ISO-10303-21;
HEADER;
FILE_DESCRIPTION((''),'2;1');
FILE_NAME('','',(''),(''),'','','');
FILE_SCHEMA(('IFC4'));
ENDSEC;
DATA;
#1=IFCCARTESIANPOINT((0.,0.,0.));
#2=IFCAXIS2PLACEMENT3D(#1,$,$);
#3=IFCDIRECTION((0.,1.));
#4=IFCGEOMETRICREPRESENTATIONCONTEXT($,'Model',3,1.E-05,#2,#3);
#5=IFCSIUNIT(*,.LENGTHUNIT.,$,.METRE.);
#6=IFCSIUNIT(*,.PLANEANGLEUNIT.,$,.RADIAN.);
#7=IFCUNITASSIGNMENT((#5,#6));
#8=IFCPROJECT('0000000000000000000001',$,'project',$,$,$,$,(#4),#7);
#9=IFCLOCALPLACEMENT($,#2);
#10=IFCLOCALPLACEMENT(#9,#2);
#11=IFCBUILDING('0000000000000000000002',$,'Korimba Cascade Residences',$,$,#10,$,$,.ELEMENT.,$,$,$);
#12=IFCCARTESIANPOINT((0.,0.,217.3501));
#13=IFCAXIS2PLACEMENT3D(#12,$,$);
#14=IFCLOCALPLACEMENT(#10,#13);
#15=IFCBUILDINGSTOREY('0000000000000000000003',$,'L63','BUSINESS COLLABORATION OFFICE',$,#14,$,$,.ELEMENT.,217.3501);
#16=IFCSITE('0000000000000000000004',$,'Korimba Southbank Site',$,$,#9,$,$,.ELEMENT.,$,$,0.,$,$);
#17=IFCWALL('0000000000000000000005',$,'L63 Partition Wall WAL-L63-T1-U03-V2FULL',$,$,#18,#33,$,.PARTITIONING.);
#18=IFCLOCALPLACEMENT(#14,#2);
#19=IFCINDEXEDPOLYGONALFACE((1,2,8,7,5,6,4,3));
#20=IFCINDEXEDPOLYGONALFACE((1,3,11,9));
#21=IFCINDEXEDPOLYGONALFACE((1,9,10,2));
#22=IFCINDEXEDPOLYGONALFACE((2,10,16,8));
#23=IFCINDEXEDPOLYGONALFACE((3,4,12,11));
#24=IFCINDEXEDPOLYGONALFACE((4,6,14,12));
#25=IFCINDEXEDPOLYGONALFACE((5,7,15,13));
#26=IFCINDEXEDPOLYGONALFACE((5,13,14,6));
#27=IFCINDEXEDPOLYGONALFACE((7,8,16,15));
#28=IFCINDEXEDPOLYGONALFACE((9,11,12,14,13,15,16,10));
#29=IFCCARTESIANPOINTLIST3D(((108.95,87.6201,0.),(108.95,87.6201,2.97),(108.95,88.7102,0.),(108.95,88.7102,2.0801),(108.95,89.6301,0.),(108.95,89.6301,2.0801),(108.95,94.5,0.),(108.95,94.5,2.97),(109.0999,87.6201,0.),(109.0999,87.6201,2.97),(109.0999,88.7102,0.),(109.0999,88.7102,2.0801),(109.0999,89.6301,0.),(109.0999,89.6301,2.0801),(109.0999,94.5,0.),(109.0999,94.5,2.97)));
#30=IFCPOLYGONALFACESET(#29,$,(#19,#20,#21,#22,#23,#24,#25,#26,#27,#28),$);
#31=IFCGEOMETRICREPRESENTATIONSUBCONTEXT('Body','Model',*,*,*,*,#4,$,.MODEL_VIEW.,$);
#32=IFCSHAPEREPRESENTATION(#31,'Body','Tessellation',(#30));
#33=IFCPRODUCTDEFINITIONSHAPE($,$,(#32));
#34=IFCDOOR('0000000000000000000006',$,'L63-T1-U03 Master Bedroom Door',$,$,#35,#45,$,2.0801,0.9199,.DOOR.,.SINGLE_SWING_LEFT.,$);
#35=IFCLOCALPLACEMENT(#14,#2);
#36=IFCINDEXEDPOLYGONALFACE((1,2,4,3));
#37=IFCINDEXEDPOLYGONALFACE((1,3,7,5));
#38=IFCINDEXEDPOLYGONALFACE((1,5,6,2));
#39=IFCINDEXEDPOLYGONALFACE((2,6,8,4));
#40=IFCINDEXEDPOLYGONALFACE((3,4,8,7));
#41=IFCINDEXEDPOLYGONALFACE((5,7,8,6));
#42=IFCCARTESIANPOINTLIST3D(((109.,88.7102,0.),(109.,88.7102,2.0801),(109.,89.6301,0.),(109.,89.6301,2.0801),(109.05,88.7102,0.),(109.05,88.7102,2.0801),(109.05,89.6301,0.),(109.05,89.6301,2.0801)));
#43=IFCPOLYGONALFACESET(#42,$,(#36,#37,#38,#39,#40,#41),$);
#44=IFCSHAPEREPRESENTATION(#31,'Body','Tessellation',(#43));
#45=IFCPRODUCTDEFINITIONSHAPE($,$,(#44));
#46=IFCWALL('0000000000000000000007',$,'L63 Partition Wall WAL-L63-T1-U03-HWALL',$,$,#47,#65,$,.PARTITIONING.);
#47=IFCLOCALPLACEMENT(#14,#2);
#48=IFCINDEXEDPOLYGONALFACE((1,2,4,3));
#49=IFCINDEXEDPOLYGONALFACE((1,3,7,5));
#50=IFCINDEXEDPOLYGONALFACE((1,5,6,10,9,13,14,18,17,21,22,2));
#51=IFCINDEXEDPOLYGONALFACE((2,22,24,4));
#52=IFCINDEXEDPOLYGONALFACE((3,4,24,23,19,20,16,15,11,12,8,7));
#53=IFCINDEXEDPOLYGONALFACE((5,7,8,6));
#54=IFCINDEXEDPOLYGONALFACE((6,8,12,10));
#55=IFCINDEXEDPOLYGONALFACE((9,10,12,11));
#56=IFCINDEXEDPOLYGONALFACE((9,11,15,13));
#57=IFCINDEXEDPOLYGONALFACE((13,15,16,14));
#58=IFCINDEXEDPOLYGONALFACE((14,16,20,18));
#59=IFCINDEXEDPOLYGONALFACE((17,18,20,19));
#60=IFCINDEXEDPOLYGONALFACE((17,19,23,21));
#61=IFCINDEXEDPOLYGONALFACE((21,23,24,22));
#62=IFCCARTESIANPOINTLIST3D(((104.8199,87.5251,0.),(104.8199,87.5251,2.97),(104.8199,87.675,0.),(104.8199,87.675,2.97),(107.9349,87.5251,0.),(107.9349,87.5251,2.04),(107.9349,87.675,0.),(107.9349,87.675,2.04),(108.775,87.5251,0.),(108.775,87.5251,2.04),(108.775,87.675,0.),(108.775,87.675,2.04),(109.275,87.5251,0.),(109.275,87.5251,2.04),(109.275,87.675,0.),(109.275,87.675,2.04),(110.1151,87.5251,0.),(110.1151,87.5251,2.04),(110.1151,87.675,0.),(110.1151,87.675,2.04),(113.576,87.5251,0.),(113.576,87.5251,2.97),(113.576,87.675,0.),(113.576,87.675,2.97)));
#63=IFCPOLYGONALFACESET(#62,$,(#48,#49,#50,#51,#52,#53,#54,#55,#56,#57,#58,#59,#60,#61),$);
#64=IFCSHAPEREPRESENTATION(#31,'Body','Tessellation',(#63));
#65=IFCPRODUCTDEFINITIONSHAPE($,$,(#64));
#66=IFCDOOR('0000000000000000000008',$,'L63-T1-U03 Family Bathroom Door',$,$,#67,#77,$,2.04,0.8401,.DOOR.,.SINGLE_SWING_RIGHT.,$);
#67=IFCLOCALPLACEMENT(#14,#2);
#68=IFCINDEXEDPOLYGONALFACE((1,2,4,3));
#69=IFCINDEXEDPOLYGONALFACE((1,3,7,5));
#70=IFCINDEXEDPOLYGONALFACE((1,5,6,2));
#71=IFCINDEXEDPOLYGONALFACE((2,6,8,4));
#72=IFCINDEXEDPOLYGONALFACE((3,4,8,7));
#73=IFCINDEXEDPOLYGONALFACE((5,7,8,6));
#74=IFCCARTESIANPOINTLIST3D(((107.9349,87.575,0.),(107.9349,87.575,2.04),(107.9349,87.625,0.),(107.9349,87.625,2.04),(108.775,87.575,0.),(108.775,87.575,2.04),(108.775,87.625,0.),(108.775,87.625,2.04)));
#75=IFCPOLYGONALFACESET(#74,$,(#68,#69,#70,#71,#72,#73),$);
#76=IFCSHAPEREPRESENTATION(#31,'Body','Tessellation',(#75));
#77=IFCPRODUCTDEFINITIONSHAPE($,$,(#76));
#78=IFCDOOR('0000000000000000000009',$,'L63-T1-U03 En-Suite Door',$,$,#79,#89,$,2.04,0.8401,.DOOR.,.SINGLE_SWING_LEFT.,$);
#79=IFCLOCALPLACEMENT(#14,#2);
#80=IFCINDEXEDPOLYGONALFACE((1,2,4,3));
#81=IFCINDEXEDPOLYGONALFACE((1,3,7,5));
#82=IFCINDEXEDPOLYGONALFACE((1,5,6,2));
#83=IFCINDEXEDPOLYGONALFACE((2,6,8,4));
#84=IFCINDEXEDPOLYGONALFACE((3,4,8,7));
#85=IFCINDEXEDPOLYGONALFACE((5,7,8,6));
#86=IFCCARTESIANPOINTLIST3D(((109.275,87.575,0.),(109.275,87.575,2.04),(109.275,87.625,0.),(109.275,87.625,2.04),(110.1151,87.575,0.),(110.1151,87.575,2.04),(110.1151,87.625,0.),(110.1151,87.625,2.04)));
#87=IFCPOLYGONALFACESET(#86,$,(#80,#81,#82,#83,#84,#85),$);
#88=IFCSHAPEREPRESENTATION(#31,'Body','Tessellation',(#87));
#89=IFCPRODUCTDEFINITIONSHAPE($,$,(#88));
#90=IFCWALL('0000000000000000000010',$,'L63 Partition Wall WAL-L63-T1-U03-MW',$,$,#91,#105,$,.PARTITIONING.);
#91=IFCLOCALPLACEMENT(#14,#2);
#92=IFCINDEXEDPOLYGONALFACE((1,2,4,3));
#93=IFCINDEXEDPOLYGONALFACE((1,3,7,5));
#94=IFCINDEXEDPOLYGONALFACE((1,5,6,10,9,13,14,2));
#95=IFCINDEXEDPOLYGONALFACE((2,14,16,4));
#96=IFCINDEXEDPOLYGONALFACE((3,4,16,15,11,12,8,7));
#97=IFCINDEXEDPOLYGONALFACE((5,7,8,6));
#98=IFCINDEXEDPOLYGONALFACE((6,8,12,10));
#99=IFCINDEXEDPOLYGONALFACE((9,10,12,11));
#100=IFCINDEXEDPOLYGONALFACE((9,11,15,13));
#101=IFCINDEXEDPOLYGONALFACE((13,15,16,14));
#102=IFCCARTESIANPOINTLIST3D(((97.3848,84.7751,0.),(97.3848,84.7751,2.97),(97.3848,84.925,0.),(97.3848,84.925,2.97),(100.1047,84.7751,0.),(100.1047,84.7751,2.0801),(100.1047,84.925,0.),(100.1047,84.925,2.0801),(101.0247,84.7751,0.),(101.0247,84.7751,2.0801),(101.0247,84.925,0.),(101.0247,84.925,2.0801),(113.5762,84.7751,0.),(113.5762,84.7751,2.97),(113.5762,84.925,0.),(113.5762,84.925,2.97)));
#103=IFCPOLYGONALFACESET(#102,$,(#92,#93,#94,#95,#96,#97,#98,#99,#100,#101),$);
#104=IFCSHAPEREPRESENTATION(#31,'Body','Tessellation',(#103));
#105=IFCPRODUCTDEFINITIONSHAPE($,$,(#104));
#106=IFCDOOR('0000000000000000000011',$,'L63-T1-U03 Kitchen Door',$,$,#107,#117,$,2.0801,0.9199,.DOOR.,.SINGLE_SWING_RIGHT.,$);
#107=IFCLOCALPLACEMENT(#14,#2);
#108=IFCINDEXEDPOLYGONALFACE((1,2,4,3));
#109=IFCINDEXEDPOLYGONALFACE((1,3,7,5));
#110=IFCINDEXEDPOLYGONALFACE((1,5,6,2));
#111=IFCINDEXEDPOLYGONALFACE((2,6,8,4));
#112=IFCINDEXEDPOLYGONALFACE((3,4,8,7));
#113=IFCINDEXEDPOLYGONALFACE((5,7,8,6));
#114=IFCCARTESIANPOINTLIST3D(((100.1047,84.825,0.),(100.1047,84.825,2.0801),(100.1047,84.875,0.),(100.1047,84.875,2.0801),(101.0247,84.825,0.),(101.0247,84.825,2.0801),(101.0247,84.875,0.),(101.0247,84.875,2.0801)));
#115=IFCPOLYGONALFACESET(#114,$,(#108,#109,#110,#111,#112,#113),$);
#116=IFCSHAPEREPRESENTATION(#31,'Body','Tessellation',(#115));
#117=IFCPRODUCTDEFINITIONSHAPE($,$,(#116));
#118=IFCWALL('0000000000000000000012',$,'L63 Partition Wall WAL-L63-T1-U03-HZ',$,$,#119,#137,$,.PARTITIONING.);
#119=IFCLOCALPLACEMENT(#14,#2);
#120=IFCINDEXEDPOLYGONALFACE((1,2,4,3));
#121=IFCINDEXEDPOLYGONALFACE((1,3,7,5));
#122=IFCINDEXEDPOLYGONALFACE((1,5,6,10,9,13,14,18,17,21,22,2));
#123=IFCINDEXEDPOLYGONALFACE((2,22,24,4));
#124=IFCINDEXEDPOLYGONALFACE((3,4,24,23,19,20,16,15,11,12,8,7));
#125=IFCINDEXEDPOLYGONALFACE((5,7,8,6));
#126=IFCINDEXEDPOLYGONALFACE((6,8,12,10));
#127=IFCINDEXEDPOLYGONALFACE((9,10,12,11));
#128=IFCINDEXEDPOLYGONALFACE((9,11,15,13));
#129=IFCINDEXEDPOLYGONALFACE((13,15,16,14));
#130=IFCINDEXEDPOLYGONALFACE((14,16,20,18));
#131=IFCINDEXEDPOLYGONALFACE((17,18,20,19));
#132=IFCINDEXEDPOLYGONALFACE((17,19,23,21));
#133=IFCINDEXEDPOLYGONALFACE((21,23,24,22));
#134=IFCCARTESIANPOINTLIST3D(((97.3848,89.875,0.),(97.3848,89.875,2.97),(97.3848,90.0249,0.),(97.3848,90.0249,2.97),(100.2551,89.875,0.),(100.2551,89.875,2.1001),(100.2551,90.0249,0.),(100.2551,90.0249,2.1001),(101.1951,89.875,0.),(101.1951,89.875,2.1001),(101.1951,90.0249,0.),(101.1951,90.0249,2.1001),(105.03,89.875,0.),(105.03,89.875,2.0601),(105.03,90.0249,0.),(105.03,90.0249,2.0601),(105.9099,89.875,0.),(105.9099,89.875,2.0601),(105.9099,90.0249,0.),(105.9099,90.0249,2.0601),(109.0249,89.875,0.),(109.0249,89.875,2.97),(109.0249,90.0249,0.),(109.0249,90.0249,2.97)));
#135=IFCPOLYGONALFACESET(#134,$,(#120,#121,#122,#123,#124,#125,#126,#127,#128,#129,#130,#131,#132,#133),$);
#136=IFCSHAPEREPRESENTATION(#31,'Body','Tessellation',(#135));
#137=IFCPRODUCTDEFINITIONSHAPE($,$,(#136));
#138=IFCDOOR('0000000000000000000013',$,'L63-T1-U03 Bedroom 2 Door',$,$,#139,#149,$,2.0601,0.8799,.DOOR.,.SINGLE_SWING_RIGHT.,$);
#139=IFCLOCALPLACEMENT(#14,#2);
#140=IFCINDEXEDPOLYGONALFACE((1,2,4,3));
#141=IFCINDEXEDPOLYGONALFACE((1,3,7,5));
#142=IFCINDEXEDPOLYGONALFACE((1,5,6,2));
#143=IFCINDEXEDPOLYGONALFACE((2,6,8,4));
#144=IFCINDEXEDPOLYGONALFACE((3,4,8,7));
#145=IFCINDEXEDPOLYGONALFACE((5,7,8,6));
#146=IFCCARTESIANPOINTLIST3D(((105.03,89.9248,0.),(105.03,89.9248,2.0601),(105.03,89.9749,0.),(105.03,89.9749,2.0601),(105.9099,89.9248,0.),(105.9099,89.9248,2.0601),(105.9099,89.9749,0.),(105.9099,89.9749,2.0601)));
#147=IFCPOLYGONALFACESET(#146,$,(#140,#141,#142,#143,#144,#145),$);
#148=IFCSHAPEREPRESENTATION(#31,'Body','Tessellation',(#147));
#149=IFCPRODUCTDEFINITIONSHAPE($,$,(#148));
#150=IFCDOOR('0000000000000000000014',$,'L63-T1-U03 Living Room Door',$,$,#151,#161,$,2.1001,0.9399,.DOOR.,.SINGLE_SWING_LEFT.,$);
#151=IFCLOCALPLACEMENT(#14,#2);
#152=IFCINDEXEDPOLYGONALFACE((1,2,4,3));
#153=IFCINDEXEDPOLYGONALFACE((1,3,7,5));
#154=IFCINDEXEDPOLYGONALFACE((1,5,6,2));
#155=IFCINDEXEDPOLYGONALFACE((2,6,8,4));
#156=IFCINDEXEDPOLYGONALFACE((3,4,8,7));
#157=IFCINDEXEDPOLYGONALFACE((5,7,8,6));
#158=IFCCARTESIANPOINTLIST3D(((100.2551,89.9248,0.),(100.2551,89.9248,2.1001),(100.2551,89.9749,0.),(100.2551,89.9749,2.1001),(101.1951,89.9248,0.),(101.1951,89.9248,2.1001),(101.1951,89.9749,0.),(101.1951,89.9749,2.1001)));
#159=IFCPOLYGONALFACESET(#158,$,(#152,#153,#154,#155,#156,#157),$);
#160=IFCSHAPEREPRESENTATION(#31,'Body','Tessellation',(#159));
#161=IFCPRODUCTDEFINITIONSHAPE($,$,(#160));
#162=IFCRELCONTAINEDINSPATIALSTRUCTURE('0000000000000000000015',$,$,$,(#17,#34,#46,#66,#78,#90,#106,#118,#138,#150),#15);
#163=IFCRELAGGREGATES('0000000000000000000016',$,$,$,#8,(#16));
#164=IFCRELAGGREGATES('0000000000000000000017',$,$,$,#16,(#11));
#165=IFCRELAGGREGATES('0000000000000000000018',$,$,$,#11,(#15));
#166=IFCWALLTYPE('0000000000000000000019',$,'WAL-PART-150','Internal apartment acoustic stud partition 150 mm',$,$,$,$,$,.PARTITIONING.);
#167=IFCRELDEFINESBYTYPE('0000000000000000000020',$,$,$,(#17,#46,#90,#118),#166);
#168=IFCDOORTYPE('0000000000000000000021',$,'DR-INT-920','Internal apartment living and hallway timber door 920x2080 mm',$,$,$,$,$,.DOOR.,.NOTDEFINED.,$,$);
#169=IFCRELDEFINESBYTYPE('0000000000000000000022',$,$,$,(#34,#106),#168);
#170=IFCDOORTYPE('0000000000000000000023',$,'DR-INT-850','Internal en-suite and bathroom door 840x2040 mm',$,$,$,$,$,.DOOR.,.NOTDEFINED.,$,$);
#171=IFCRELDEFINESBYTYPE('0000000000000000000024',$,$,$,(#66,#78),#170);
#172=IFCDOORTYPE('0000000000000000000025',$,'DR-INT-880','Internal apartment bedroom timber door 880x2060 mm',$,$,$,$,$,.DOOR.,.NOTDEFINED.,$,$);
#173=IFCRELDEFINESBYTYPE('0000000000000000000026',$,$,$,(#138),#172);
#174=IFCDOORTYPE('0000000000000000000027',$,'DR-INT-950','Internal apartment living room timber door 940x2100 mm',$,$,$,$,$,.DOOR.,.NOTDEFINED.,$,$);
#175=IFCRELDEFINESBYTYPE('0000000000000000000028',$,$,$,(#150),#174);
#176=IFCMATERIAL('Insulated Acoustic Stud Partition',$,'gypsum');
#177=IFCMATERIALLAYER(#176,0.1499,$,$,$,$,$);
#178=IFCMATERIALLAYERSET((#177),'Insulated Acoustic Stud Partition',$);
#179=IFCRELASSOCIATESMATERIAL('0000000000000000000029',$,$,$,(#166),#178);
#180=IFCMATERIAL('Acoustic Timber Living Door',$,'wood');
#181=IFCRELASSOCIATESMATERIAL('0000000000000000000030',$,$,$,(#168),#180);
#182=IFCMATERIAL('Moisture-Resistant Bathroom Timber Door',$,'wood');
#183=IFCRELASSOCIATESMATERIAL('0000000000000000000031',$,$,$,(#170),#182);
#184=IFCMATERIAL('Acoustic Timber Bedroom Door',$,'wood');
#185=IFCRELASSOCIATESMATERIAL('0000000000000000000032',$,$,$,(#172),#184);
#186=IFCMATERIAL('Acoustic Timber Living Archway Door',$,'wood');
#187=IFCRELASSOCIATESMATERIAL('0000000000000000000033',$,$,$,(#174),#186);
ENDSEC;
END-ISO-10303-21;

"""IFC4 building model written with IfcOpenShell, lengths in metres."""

from ifc_helpers import new_model, si_unit, direction, frame, frame_2d, origin, place, context, subcontext, project, spatial, rectangle, extrude, material, layer, layer_set, type_object, element, fill, save


model = new_model("IFC4")

# Units and contexts
model_context = context("Model", 3, precision=1e-05, world=origin(), true_north=direction((0.0, 1.0)))
body_context = subcontext(model_context, "Body", "Model", "MODEL_VIEW")
ifc_project = project(units=[si_unit("LENGTHUNIT", "METRE"), si_unit("PLANEANGLEUNIT", "RADIAN")], contexts=[model_context])

# Site, building, storey
site_placement = place(None, origin())
site = spatial("IfcSite", under=ifc_project, at=site_placement, Name="Korimba Southbank Site", CompositionType="ELEMENT", RefElevation=0.0)
building_placement = place(site_placement, origin())
building = spatial("IfcBuilding", under=site, at=building_placement, Name="Korimba Cascade Residences", CompositionType="ELEMENT")
storey_placement = place(building_placement, frame((0.0, 0.0, 217.3501)))
storey = spatial("IfcBuildingStorey", under=building, at=storey_placement, Name="L63", Description="BUSINESS COLLABORATION OFFICE", CompositionType="ELEMENT", Elevation=217.3501)

# Shared definitions
ifc_material_1 = material(Name="Insulated Acoustic Stud Partition", Category="gypsum")
ifc_layer = layer(ifc_material_1, 0.1499)
ifc_layer_set = layer_set([ifc_layer], Name="Insulated Acoustic Stud Partition")
wall_type = type_object("IfcWallType", Name="WAL-PART-150", Description="Internal apartment acoustic stud partition 150 mm", PredefinedType="PARTITIONING", material=ifc_layer_set)
ifc_material_2 = material(Name="Acoustic Timber Living Door", Category="wood")
door_type_1 = type_object("IfcDoorType", Name="DR-INT-920", Description="Internal apartment living and hallway timber door 920x2080 mm", OperationType="NOTDEFINED", PredefinedType="DOOR", material=ifc_material_2)

# Wall, opening, door
wall_1_placement = place(storey_placement, frame((109.0249, 87.6201, 0.0), z_axis=(0.0, 0.0, 1.0), x_axis=(0.0, 1.0, 0.0)))
wall_1 = element("IfcWall", 1, at=wall_1_placement, inside=storey, type_object=wall_type, Name="L63 Partition Wall WAL-L63-T1-U03-V2FULL", PredefinedType="PARTITIONING", context=body_context, shape_type="SweptSolid", body=[
    extrude(rectangle(XDim=6.8799, YDim=0.1499, at=frame_2d((3.4399, 0.0))), origin(), (0.0, 0.0, 1.0), 2.97),
])
opening_1_placement = place(wall_1_placement, frame((1.0901, 0.0, 0.0)))
opening_1 = element("IfcOpeningElement", 2, at=opening_1_placement, cuts=wall_1, PredefinedType="OPENING", context=body_context, shape_type="SweptSolid", body=[
    extrude(rectangle(XDim=0.9199, YDim=2.0801, at=frame_2d((0.46, 1.04))), frame((0.0, 0.085, 0.0), z_axis=(0.0, -1.0, 0.0), x_axis=(1.0, 0.0, 0.0)), (0.0, 0.0, 1.0), 0.1699),
])
door_1_placement = place(opening_1_placement, origin())
door_1 = element("IfcDoor", 3, at=door_1_placement, inside=storey, type_object=door_type_1, Name="L63-T1-U03 Master Bedroom Door", OperationType="SINGLE_SWING_LEFT", OverallHeight=2.0801, OverallWidth=0.9199, PredefinedType="DOOR", context=body_context, shape_type="SweptSolid", body=[
    extrude(rectangle(XDim=0.9199, YDim=2.0801, at=frame_2d((0.46, 1.04))), frame((0.0, 0.0249, 0.0), z_axis=(0.0, -1.0, 0.0), x_axis=(1.0, 0.0, 0.0)), (0.0, 0.0, 1.0), 0.05),
])
fill(opening_1, door_1)

# Wall, openings, doors
wall_2_placement = place(storey_placement, frame((104.8201, 87.6001, 0.0), z_axis=(0.0, 0.0, 1.0), x_axis=(1.0, 0.0, 0.0)))
wall_2 = element("IfcWall", 4, at=wall_2_placement, inside=storey, type_object=wall_type, Name="L63 Partition Wall WAL-L63-T1-U03-HWALL", PredefinedType="PARTITIONING", context=body_context, shape_type="SweptSolid", body=[
    extrude(rectangle(XDim=8.7561, YDim=0.1499, at=frame_2d((4.3779, 0.0))), origin(), (0.0, 0.0, 1.0), 2.97),
])
opening_2_placement = place(wall_2_placement, frame((3.115, 0.0, 0.0)))
opening_2 = element("IfcOpeningElement", 5, at=opening_2_placement, cuts=wall_2, PredefinedType="OPENING", context=body_context, shape_type="SweptSolid", body=[
    extrude(rectangle(XDim=0.8401, YDim=2.04, at=frame_2d((0.4199, 1.02))), frame((0.0, 0.085, 0.0), z_axis=(0.0, -1.0, 0.0), x_axis=(1.0, 0.0, 0.0)), (0.0, 0.0, 1.0), 0.1699),
])
opening_3_placement = place(wall_2_placement, frame((4.4551, 0.0, 0.0)))
opening_3 = element("IfcOpeningElement", 6, at=opening_3_placement, cuts=wall_2, PredefinedType="OPENING", context=body_context, shape_type="SweptSolid", body=[
    extrude(rectangle(XDim=0.8401, YDim=2.04, at=frame_2d((0.4199, 1.02))), frame((0.0, 0.085, 0.0), z_axis=(0.0, -1.0, 0.0), x_axis=(1.0, 0.0, 0.0)), (0.0, 0.0, 1.0), 0.1699),
])
ifc_material_3 = material(Name="Moisture-Resistant Bathroom Timber Door", Category="wood")
door_type_2 = type_object("IfcDoorType", Name="DR-INT-850", Description="Internal en-suite and bathroom door 840x2040 mm", OperationType="NOTDEFINED", PredefinedType="DOOR", material=ifc_material_3)
door_2_placement = place(opening_2_placement, origin())
door_2 = element("IfcDoor", 7, at=door_2_placement, inside=storey, type_object=door_type_2, Name="L63-T1-U03 Family Bathroom Door", OperationType="SINGLE_SWING_RIGHT", OverallHeight=2.04, OverallWidth=0.8401, PredefinedType="DOOR", context=body_context, shape_type="SweptSolid", body=[
    extrude(rectangle(XDim=0.8401, YDim=2.04, at=frame_2d((0.4199, 1.02))), frame((0.0, 0.0249, 0.0), z_axis=(0.0, -1.0, 0.0), x_axis=(1.0, 0.0, 0.0)), (0.0, 0.0, 1.0), 0.05),
])
fill(opening_2, door_2)
door_3_placement = place(opening_3_placement, origin())
door_3 = element("IfcDoor", 8, at=door_3_placement, inside=storey, type_object=door_type_2, Name="L63-T1-U03 En-Suite Door", OperationType="SINGLE_SWING_LEFT", OverallHeight=2.04, OverallWidth=0.8401, PredefinedType="DOOR", context=body_context, shape_type="SweptSolid", body=[
    extrude(rectangle(XDim=0.8401, YDim=2.04, at=frame_2d((0.4199, 1.02))), frame((0.0, 0.0249, 0.0), z_axis=(0.0, -1.0, 0.0), x_axis=(1.0, 0.0, 0.0)), (0.0, 0.0, 1.0), 0.05),
])
fill(opening_3, door_3)

# Wall, opening, door
wall_3_placement = place(storey_placement, frame((97.3848, 84.8501, 0.0), z_axis=(0.0, 0.0, 1.0), x_axis=(1.0, 0.0, 0.0)))
wall_3 = element("IfcWall", 9, at=wall_3_placement, inside=storey, type_object=wall_type, Name="L63 Partition Wall WAL-L63-T1-U03-MW", PredefinedType="PARTITIONING", context=body_context, shape_type="SweptSolid", body=[
    extrude(rectangle(XDim=16.1914, YDim=0.1499, at=frame_2d((8.0957, 0.0))), origin(), (0.0, 0.0, 1.0), 2.97),
])
opening_4_placement = place(wall_3_placement, frame((2.72, 0.0, 0.0)))
opening_4 = element("IfcOpeningElement", 10, at=opening_4_placement, cuts=wall_3, PredefinedType="OPENING", context=body_context, shape_type="SweptSolid", body=[
    extrude(rectangle(XDim=0.9199, YDim=2.0801, at=frame_2d((0.46, 1.04))), frame((0.0, 0.085, 0.0), z_axis=(0.0, -1.0, 0.0), x_axis=(1.0, 0.0, 0.0)), (0.0, 0.0, 1.0), 0.1699),
])
door_4_placement = place(opening_4_placement, origin())
door_4 = element("IfcDoor", 11, at=door_4_placement, inside=storey, type_object=door_type_1, Name="L63-T1-U03 Kitchen Door", OperationType="SINGLE_SWING_RIGHT", OverallHeight=2.0801, OverallWidth=0.9199, PredefinedType="DOOR", context=body_context, shape_type="SweptSolid", body=[
    extrude(rectangle(XDim=0.9199, YDim=2.0801, at=frame_2d((0.46, 1.04))), frame((0.0, 0.0249, 0.0), z_axis=(0.0, -1.0, 0.0), x_axis=(1.0, 0.0, 0.0)), (0.0, 0.0, 1.0), 0.05),
])
fill(opening_4, door_4)

# Wall, openings, doors
wall_4_placement = place(storey_placement, frame((97.3848, 89.95, 0.0), z_axis=(0.0, 0.0, 1.0), x_axis=(1.0, 0.0, 0.0)))
wall_4 = element("IfcWall", 12, at=wall_4_placement, inside=storey, type_object=wall_type, Name="L63 Partition Wall WAL-L63-T1-U03-HZ", PredefinedType="PARTITIONING", context=body_context, shape_type="SweptSolid", body=[
    extrude(rectangle(XDim=11.6401, YDim=0.1499, at=frame_2d((5.8201, 0.0))), origin(), (0.0, 0.0, 1.0), 2.97),
])
opening_5_placement = place(wall_4_placement, frame((2.8704, 0.0, 0.0)))
opening_5 = element("IfcOpeningElement", 13, at=opening_5_placement, cuts=wall_4, PredefinedType="OPENING", context=body_context, shape_type="SweptSolid", body=[
    extrude(rectangle(XDim=0.9399, YDim=2.1001, at=frame_2d((0.47, 1.05))), frame((0.0, 0.085, 0.0), z_axis=(0.0, -1.0, 0.0), x_axis=(1.0, 0.0, 0.0)), (0.0, 0.0, 1.0), 0.1699),
])
opening_6_placement = place(wall_4_placement, frame((7.6453, 0.0, 0.0)))
opening_6 = element("IfcOpeningElement", 14, at=opening_6_placement, cuts=wall_4, PredefinedType="OPENING", context=body_context, shape_type="SweptSolid", body=[
    extrude(rectangle(XDim=0.8799, YDim=2.0601, at=frame_2d((0.4399, 1.03))), frame((0.0, 0.085, 0.0), z_axis=(0.0, -1.0, 0.0), x_axis=(1.0, 0.0, 0.0)), (0.0, 0.0, 1.0), 0.1699),
])
ifc_material_4 = material(Name="Acoustic Timber Bedroom Door", Category="wood")
door_type_3 = type_object("IfcDoorType", Name="DR-INT-880", Description="Internal apartment bedroom timber door 880x2060 mm", OperationType="NOTDEFINED", PredefinedType="DOOR", material=ifc_material_4)
door_5_placement = place(opening_6_placement, origin())
door_5 = element("IfcDoor", 15, at=door_5_placement, inside=storey, type_object=door_type_3, Name="L63-T1-U03 Bedroom 2 Door", OperationType="SINGLE_SWING_RIGHT", OverallHeight=2.0601, OverallWidth=0.8799, PredefinedType="DOOR", context=body_context, shape_type="SweptSolid", body=[
    extrude(rectangle(XDim=0.8799, YDim=2.0601, at=frame_2d((0.4399, 1.03))), frame((0.0, 0.0249, 0.0), z_axis=(0.0, -1.0, 0.0), x_axis=(1.0, 0.0, 0.0)), (0.0, 0.0, 1.0), 0.05),
])
fill(opening_6, door_5)
ifc_material_5 = material(Name="Acoustic Timber Living Archway Door", Category="wood")
door_type_4 = type_object("IfcDoorType", Name="DR-INT-950", Description="Internal apartment living room timber door 940x2100 mm", OperationType="NOTDEFINED", PredefinedType="DOOR", material=ifc_material_5)
door_6_placement = place(opening_5_placement, origin())
door_6 = element("IfcDoor", 16, at=door_6_placement, inside=storey, type_object=door_type_4, Name="L63-T1-U03 Living Room Door", OperationType="SINGLE_SWING_LEFT", OverallHeight=2.1001, OverallWidth=0.9399, PredefinedType="DOOR", context=body_context, shape_type="SweptSolid", body=[
    extrude(rectangle(XDim=0.9399, YDim=2.1001, at=frame_2d((0.47, 1.05))), frame((0.0, 0.0249, 0.0), z_axis=(0.0, -1.0, 0.0), x_axis=(1.0, 0.0, 0.0)), (0.0, 0.0, 1.0), 0.05),
])
fill(opening_5, door_6)

save(model, "model.ifc")
